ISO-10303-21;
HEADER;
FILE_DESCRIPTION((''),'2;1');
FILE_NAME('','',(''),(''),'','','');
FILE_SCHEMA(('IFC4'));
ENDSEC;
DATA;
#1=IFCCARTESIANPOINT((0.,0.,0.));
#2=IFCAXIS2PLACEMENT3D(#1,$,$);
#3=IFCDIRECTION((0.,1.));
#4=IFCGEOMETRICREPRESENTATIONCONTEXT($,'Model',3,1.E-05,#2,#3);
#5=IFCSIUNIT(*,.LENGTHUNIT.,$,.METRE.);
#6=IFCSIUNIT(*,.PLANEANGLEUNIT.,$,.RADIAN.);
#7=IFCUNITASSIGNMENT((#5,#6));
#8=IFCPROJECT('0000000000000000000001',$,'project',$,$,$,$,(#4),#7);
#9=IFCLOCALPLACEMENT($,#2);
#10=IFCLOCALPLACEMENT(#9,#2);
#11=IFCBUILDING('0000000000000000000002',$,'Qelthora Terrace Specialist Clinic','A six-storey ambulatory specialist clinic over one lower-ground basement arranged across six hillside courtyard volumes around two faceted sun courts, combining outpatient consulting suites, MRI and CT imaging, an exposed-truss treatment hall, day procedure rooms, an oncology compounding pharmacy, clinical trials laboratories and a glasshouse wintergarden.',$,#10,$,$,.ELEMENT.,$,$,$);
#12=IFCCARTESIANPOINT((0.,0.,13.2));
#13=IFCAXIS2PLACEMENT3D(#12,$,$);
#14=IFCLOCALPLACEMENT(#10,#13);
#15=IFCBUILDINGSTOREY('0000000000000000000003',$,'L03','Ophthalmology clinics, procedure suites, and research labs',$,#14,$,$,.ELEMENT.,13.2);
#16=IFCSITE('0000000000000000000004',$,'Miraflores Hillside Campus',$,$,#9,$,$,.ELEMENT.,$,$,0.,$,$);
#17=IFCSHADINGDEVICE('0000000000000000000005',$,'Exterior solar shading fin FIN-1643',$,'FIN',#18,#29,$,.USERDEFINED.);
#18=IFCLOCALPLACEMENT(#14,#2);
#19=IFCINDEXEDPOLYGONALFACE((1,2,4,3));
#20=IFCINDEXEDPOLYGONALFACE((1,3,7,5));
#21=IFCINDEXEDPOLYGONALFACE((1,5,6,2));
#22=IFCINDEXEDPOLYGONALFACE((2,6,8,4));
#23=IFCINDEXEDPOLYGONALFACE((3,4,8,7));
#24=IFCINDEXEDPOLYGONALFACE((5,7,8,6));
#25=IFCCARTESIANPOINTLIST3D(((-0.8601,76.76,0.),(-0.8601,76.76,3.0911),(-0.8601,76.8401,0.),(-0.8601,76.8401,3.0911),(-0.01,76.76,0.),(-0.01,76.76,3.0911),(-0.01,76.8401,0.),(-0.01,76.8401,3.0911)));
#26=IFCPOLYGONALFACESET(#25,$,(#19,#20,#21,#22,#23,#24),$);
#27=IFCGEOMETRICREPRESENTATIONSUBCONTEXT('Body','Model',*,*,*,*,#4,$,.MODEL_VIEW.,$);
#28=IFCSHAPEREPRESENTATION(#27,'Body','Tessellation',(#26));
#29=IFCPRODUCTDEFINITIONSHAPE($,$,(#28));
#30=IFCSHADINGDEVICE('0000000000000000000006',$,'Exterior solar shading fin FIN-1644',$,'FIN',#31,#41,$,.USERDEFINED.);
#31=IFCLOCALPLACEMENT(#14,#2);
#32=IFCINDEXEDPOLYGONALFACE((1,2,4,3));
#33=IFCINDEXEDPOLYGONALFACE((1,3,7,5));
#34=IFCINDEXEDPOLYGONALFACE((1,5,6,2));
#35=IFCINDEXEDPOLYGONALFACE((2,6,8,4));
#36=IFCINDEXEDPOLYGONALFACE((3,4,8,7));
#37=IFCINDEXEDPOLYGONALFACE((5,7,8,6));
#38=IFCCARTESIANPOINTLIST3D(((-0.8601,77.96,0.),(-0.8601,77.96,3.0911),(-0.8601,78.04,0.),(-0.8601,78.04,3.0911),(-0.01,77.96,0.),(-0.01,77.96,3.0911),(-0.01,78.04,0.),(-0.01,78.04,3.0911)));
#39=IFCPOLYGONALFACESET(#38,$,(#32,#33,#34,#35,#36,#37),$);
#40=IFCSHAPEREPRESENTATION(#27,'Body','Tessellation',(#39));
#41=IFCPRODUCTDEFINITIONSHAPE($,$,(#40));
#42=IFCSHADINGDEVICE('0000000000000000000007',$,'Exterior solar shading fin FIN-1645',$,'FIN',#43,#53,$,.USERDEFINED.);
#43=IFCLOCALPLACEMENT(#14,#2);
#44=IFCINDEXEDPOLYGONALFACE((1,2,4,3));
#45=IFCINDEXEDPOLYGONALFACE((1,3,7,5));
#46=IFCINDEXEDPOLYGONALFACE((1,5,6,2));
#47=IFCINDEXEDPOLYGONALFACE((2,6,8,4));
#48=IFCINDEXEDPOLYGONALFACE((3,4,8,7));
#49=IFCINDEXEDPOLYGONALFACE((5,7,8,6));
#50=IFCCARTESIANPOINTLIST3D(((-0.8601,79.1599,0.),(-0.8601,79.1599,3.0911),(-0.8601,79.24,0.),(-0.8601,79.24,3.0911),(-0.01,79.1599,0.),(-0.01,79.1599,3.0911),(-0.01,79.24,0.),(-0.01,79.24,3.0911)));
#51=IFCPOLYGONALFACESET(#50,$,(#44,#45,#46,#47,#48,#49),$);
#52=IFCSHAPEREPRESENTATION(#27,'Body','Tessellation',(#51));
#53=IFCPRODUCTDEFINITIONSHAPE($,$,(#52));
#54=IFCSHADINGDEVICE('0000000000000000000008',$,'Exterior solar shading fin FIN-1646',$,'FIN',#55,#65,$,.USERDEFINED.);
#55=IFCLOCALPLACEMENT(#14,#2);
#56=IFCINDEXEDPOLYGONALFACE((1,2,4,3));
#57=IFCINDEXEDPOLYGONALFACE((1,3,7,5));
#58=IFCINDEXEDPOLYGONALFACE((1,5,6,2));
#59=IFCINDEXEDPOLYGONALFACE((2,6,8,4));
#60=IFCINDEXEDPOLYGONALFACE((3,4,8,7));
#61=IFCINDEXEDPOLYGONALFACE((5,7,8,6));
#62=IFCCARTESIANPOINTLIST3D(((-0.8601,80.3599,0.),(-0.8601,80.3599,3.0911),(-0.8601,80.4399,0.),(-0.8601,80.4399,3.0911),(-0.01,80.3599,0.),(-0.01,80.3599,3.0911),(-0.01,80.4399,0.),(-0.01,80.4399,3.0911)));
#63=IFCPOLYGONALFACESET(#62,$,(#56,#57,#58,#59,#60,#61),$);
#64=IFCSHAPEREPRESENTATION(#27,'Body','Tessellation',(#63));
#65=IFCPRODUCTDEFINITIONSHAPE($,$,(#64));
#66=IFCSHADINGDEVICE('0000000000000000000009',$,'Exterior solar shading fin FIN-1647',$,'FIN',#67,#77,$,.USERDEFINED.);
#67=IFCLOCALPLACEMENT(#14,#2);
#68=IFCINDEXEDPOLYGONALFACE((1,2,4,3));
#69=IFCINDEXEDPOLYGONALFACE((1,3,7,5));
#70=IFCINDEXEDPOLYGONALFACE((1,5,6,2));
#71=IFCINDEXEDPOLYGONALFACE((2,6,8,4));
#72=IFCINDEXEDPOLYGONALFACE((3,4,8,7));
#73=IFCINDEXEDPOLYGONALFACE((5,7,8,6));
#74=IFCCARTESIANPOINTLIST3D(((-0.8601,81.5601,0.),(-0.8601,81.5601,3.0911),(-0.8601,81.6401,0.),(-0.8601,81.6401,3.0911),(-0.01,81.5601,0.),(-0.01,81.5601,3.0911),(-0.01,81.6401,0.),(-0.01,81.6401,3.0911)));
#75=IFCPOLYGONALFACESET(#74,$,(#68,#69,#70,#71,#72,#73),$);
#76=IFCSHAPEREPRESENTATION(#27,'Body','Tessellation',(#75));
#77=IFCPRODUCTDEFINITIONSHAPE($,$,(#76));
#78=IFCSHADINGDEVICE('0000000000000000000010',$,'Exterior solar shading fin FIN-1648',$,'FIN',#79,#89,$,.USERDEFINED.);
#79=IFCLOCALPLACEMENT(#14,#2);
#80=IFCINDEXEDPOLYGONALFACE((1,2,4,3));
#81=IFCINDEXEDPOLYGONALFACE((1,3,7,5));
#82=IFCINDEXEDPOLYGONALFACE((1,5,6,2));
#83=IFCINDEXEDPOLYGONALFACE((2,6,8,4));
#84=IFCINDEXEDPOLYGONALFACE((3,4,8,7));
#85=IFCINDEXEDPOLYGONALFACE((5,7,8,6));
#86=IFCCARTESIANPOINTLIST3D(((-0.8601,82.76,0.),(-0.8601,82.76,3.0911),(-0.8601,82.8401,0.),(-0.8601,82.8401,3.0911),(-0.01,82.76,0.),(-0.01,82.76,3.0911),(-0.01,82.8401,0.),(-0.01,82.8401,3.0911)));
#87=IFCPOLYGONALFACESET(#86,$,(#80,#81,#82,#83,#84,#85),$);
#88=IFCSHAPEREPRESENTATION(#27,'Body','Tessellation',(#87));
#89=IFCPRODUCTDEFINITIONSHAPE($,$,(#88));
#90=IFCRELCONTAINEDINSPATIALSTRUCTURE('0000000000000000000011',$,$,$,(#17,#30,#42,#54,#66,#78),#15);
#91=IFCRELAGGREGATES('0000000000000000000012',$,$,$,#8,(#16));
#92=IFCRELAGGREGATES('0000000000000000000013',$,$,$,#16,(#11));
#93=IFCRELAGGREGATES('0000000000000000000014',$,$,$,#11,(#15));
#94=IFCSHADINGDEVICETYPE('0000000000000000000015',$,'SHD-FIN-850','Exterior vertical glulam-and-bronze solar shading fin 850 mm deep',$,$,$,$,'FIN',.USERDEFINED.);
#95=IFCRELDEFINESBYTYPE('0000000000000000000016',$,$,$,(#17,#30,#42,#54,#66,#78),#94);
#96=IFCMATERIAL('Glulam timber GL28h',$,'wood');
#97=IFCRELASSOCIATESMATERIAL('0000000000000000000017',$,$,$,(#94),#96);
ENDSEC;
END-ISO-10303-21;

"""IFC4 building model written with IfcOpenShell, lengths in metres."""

from ifc_helpers import new_model, si_unit, direction, frame, origin, origin_2d, place, context, subcontext, project, spatial, rectangle, extrude, material, type_object, element, save


model = new_model("IFC4")

# Units and contexts
model_context = context("Model", 3, precision=1e-05, world=origin(), true_north=direction((0.0, 1.0)))
body_context = subcontext(model_context, "Body", "Model", "MODEL_VIEW")
ifc_project = project(units=[si_unit("LENGTHUNIT", "METRE"), si_unit("PLANEANGLEUNIT", "RADIAN")], contexts=[model_context])

# Site, building, storey
site_placement = place(None, origin())
site = spatial("IfcSite", under=ifc_project, at=site_placement, Name="Miraflores Hillside Campus", CompositionType="ELEMENT", RefElevation=0.0)
building_placement = place(site_placement, origin())
building = spatial("IfcBuilding", under=site, at=building_placement, Name="Qelthora Terrace Specialist Clinic", Description="A six-storey ambulatory specialist clinic over one lower-ground basement arranged across six hillside courtyard volumes around two faceted sun courts, combining outpatient consulting suites, MRI and CT imaging, an exposed-truss treatment hall, day procedure rooms, an oncology compounding pharmacy, clinical trials laboratories and a glasshouse wintergarden.", CompositionType="ELEMENT")
storey_placement = place(building_placement, frame((0.0, 0.0, 13.2)))
storey = spatial("IfcBuildingStorey", under=building, at=storey_placement, Name="L03", Description="Ophthalmology clinics, procedure suites, and research labs", CompositionType="ELEMENT", Elevation=13.2)

# Shared definitions
ifc_material_1 = material(Name="Glulam timber GL28h", Category="wood")

# Shading devices
shading_device_type = type_object("IfcShadingDeviceType", Name="SHD-FIN-850", Description="Exterior vertical glulam-and-bronze solar shading fin 850 mm deep", ElementType="FIN", PredefinedType="USERDEFINED", material=ifc_material_1)
for number, where, z_axis, x_axis, name in (
    (1, (-0.4351, 76.8, 0.0), (0.0, 0.0, 1.0), (-1.0, 0.0, 0.0), "Exterior solar shading fin FIN-1643"),
    (2, (-0.4351, 78.0, 0.0), (0.0, 0.0, 1.0), (-1.0, 0.0, 0.0), "Exterior solar shading fin FIN-1644"),
    (3, (-0.4351, 79.2, 0.0), (0.0, 0.0, 1.0), (-1.0, 0.0, 0.0), "Exterior solar shading fin FIN-1645"),
    (4, (-0.4351, 80.3999, 0.0), (0.0, 0.0, 1.0), (-1.0, 0.0, 0.0), "Exterior solar shading fin FIN-1646"),
    (5, (-0.4351, 81.6001, 0.0), (0.0, 0.0, 1.0), (-1.0, 0.0, 0.0), "Exterior solar shading fin FIN-1647"),
    (6, (-0.4351, 82.8, 0.0), (0.0, 0.0, 1.0), (-1.0, 0.0, 0.0), "Exterior solar shading fin FIN-1648"),
):
    element("IfcShadingDevice", number, at=place(storey_placement, frame(where, z_axis=z_axis, x_axis=x_axis)), inside=storey, type_object=shading_device_type, Name=name, ObjectType="FIN", PredefinedType="USERDEFINED", context=body_context, shape_type="SweptSolid", body=[
        extrude(rectangle(XDim=0.8501, YDim=0.0801, at=origin_2d()), origin(), (0.0, 0.0, 1.0), 3.0911),
    ])

save(model, "model.ifc")
